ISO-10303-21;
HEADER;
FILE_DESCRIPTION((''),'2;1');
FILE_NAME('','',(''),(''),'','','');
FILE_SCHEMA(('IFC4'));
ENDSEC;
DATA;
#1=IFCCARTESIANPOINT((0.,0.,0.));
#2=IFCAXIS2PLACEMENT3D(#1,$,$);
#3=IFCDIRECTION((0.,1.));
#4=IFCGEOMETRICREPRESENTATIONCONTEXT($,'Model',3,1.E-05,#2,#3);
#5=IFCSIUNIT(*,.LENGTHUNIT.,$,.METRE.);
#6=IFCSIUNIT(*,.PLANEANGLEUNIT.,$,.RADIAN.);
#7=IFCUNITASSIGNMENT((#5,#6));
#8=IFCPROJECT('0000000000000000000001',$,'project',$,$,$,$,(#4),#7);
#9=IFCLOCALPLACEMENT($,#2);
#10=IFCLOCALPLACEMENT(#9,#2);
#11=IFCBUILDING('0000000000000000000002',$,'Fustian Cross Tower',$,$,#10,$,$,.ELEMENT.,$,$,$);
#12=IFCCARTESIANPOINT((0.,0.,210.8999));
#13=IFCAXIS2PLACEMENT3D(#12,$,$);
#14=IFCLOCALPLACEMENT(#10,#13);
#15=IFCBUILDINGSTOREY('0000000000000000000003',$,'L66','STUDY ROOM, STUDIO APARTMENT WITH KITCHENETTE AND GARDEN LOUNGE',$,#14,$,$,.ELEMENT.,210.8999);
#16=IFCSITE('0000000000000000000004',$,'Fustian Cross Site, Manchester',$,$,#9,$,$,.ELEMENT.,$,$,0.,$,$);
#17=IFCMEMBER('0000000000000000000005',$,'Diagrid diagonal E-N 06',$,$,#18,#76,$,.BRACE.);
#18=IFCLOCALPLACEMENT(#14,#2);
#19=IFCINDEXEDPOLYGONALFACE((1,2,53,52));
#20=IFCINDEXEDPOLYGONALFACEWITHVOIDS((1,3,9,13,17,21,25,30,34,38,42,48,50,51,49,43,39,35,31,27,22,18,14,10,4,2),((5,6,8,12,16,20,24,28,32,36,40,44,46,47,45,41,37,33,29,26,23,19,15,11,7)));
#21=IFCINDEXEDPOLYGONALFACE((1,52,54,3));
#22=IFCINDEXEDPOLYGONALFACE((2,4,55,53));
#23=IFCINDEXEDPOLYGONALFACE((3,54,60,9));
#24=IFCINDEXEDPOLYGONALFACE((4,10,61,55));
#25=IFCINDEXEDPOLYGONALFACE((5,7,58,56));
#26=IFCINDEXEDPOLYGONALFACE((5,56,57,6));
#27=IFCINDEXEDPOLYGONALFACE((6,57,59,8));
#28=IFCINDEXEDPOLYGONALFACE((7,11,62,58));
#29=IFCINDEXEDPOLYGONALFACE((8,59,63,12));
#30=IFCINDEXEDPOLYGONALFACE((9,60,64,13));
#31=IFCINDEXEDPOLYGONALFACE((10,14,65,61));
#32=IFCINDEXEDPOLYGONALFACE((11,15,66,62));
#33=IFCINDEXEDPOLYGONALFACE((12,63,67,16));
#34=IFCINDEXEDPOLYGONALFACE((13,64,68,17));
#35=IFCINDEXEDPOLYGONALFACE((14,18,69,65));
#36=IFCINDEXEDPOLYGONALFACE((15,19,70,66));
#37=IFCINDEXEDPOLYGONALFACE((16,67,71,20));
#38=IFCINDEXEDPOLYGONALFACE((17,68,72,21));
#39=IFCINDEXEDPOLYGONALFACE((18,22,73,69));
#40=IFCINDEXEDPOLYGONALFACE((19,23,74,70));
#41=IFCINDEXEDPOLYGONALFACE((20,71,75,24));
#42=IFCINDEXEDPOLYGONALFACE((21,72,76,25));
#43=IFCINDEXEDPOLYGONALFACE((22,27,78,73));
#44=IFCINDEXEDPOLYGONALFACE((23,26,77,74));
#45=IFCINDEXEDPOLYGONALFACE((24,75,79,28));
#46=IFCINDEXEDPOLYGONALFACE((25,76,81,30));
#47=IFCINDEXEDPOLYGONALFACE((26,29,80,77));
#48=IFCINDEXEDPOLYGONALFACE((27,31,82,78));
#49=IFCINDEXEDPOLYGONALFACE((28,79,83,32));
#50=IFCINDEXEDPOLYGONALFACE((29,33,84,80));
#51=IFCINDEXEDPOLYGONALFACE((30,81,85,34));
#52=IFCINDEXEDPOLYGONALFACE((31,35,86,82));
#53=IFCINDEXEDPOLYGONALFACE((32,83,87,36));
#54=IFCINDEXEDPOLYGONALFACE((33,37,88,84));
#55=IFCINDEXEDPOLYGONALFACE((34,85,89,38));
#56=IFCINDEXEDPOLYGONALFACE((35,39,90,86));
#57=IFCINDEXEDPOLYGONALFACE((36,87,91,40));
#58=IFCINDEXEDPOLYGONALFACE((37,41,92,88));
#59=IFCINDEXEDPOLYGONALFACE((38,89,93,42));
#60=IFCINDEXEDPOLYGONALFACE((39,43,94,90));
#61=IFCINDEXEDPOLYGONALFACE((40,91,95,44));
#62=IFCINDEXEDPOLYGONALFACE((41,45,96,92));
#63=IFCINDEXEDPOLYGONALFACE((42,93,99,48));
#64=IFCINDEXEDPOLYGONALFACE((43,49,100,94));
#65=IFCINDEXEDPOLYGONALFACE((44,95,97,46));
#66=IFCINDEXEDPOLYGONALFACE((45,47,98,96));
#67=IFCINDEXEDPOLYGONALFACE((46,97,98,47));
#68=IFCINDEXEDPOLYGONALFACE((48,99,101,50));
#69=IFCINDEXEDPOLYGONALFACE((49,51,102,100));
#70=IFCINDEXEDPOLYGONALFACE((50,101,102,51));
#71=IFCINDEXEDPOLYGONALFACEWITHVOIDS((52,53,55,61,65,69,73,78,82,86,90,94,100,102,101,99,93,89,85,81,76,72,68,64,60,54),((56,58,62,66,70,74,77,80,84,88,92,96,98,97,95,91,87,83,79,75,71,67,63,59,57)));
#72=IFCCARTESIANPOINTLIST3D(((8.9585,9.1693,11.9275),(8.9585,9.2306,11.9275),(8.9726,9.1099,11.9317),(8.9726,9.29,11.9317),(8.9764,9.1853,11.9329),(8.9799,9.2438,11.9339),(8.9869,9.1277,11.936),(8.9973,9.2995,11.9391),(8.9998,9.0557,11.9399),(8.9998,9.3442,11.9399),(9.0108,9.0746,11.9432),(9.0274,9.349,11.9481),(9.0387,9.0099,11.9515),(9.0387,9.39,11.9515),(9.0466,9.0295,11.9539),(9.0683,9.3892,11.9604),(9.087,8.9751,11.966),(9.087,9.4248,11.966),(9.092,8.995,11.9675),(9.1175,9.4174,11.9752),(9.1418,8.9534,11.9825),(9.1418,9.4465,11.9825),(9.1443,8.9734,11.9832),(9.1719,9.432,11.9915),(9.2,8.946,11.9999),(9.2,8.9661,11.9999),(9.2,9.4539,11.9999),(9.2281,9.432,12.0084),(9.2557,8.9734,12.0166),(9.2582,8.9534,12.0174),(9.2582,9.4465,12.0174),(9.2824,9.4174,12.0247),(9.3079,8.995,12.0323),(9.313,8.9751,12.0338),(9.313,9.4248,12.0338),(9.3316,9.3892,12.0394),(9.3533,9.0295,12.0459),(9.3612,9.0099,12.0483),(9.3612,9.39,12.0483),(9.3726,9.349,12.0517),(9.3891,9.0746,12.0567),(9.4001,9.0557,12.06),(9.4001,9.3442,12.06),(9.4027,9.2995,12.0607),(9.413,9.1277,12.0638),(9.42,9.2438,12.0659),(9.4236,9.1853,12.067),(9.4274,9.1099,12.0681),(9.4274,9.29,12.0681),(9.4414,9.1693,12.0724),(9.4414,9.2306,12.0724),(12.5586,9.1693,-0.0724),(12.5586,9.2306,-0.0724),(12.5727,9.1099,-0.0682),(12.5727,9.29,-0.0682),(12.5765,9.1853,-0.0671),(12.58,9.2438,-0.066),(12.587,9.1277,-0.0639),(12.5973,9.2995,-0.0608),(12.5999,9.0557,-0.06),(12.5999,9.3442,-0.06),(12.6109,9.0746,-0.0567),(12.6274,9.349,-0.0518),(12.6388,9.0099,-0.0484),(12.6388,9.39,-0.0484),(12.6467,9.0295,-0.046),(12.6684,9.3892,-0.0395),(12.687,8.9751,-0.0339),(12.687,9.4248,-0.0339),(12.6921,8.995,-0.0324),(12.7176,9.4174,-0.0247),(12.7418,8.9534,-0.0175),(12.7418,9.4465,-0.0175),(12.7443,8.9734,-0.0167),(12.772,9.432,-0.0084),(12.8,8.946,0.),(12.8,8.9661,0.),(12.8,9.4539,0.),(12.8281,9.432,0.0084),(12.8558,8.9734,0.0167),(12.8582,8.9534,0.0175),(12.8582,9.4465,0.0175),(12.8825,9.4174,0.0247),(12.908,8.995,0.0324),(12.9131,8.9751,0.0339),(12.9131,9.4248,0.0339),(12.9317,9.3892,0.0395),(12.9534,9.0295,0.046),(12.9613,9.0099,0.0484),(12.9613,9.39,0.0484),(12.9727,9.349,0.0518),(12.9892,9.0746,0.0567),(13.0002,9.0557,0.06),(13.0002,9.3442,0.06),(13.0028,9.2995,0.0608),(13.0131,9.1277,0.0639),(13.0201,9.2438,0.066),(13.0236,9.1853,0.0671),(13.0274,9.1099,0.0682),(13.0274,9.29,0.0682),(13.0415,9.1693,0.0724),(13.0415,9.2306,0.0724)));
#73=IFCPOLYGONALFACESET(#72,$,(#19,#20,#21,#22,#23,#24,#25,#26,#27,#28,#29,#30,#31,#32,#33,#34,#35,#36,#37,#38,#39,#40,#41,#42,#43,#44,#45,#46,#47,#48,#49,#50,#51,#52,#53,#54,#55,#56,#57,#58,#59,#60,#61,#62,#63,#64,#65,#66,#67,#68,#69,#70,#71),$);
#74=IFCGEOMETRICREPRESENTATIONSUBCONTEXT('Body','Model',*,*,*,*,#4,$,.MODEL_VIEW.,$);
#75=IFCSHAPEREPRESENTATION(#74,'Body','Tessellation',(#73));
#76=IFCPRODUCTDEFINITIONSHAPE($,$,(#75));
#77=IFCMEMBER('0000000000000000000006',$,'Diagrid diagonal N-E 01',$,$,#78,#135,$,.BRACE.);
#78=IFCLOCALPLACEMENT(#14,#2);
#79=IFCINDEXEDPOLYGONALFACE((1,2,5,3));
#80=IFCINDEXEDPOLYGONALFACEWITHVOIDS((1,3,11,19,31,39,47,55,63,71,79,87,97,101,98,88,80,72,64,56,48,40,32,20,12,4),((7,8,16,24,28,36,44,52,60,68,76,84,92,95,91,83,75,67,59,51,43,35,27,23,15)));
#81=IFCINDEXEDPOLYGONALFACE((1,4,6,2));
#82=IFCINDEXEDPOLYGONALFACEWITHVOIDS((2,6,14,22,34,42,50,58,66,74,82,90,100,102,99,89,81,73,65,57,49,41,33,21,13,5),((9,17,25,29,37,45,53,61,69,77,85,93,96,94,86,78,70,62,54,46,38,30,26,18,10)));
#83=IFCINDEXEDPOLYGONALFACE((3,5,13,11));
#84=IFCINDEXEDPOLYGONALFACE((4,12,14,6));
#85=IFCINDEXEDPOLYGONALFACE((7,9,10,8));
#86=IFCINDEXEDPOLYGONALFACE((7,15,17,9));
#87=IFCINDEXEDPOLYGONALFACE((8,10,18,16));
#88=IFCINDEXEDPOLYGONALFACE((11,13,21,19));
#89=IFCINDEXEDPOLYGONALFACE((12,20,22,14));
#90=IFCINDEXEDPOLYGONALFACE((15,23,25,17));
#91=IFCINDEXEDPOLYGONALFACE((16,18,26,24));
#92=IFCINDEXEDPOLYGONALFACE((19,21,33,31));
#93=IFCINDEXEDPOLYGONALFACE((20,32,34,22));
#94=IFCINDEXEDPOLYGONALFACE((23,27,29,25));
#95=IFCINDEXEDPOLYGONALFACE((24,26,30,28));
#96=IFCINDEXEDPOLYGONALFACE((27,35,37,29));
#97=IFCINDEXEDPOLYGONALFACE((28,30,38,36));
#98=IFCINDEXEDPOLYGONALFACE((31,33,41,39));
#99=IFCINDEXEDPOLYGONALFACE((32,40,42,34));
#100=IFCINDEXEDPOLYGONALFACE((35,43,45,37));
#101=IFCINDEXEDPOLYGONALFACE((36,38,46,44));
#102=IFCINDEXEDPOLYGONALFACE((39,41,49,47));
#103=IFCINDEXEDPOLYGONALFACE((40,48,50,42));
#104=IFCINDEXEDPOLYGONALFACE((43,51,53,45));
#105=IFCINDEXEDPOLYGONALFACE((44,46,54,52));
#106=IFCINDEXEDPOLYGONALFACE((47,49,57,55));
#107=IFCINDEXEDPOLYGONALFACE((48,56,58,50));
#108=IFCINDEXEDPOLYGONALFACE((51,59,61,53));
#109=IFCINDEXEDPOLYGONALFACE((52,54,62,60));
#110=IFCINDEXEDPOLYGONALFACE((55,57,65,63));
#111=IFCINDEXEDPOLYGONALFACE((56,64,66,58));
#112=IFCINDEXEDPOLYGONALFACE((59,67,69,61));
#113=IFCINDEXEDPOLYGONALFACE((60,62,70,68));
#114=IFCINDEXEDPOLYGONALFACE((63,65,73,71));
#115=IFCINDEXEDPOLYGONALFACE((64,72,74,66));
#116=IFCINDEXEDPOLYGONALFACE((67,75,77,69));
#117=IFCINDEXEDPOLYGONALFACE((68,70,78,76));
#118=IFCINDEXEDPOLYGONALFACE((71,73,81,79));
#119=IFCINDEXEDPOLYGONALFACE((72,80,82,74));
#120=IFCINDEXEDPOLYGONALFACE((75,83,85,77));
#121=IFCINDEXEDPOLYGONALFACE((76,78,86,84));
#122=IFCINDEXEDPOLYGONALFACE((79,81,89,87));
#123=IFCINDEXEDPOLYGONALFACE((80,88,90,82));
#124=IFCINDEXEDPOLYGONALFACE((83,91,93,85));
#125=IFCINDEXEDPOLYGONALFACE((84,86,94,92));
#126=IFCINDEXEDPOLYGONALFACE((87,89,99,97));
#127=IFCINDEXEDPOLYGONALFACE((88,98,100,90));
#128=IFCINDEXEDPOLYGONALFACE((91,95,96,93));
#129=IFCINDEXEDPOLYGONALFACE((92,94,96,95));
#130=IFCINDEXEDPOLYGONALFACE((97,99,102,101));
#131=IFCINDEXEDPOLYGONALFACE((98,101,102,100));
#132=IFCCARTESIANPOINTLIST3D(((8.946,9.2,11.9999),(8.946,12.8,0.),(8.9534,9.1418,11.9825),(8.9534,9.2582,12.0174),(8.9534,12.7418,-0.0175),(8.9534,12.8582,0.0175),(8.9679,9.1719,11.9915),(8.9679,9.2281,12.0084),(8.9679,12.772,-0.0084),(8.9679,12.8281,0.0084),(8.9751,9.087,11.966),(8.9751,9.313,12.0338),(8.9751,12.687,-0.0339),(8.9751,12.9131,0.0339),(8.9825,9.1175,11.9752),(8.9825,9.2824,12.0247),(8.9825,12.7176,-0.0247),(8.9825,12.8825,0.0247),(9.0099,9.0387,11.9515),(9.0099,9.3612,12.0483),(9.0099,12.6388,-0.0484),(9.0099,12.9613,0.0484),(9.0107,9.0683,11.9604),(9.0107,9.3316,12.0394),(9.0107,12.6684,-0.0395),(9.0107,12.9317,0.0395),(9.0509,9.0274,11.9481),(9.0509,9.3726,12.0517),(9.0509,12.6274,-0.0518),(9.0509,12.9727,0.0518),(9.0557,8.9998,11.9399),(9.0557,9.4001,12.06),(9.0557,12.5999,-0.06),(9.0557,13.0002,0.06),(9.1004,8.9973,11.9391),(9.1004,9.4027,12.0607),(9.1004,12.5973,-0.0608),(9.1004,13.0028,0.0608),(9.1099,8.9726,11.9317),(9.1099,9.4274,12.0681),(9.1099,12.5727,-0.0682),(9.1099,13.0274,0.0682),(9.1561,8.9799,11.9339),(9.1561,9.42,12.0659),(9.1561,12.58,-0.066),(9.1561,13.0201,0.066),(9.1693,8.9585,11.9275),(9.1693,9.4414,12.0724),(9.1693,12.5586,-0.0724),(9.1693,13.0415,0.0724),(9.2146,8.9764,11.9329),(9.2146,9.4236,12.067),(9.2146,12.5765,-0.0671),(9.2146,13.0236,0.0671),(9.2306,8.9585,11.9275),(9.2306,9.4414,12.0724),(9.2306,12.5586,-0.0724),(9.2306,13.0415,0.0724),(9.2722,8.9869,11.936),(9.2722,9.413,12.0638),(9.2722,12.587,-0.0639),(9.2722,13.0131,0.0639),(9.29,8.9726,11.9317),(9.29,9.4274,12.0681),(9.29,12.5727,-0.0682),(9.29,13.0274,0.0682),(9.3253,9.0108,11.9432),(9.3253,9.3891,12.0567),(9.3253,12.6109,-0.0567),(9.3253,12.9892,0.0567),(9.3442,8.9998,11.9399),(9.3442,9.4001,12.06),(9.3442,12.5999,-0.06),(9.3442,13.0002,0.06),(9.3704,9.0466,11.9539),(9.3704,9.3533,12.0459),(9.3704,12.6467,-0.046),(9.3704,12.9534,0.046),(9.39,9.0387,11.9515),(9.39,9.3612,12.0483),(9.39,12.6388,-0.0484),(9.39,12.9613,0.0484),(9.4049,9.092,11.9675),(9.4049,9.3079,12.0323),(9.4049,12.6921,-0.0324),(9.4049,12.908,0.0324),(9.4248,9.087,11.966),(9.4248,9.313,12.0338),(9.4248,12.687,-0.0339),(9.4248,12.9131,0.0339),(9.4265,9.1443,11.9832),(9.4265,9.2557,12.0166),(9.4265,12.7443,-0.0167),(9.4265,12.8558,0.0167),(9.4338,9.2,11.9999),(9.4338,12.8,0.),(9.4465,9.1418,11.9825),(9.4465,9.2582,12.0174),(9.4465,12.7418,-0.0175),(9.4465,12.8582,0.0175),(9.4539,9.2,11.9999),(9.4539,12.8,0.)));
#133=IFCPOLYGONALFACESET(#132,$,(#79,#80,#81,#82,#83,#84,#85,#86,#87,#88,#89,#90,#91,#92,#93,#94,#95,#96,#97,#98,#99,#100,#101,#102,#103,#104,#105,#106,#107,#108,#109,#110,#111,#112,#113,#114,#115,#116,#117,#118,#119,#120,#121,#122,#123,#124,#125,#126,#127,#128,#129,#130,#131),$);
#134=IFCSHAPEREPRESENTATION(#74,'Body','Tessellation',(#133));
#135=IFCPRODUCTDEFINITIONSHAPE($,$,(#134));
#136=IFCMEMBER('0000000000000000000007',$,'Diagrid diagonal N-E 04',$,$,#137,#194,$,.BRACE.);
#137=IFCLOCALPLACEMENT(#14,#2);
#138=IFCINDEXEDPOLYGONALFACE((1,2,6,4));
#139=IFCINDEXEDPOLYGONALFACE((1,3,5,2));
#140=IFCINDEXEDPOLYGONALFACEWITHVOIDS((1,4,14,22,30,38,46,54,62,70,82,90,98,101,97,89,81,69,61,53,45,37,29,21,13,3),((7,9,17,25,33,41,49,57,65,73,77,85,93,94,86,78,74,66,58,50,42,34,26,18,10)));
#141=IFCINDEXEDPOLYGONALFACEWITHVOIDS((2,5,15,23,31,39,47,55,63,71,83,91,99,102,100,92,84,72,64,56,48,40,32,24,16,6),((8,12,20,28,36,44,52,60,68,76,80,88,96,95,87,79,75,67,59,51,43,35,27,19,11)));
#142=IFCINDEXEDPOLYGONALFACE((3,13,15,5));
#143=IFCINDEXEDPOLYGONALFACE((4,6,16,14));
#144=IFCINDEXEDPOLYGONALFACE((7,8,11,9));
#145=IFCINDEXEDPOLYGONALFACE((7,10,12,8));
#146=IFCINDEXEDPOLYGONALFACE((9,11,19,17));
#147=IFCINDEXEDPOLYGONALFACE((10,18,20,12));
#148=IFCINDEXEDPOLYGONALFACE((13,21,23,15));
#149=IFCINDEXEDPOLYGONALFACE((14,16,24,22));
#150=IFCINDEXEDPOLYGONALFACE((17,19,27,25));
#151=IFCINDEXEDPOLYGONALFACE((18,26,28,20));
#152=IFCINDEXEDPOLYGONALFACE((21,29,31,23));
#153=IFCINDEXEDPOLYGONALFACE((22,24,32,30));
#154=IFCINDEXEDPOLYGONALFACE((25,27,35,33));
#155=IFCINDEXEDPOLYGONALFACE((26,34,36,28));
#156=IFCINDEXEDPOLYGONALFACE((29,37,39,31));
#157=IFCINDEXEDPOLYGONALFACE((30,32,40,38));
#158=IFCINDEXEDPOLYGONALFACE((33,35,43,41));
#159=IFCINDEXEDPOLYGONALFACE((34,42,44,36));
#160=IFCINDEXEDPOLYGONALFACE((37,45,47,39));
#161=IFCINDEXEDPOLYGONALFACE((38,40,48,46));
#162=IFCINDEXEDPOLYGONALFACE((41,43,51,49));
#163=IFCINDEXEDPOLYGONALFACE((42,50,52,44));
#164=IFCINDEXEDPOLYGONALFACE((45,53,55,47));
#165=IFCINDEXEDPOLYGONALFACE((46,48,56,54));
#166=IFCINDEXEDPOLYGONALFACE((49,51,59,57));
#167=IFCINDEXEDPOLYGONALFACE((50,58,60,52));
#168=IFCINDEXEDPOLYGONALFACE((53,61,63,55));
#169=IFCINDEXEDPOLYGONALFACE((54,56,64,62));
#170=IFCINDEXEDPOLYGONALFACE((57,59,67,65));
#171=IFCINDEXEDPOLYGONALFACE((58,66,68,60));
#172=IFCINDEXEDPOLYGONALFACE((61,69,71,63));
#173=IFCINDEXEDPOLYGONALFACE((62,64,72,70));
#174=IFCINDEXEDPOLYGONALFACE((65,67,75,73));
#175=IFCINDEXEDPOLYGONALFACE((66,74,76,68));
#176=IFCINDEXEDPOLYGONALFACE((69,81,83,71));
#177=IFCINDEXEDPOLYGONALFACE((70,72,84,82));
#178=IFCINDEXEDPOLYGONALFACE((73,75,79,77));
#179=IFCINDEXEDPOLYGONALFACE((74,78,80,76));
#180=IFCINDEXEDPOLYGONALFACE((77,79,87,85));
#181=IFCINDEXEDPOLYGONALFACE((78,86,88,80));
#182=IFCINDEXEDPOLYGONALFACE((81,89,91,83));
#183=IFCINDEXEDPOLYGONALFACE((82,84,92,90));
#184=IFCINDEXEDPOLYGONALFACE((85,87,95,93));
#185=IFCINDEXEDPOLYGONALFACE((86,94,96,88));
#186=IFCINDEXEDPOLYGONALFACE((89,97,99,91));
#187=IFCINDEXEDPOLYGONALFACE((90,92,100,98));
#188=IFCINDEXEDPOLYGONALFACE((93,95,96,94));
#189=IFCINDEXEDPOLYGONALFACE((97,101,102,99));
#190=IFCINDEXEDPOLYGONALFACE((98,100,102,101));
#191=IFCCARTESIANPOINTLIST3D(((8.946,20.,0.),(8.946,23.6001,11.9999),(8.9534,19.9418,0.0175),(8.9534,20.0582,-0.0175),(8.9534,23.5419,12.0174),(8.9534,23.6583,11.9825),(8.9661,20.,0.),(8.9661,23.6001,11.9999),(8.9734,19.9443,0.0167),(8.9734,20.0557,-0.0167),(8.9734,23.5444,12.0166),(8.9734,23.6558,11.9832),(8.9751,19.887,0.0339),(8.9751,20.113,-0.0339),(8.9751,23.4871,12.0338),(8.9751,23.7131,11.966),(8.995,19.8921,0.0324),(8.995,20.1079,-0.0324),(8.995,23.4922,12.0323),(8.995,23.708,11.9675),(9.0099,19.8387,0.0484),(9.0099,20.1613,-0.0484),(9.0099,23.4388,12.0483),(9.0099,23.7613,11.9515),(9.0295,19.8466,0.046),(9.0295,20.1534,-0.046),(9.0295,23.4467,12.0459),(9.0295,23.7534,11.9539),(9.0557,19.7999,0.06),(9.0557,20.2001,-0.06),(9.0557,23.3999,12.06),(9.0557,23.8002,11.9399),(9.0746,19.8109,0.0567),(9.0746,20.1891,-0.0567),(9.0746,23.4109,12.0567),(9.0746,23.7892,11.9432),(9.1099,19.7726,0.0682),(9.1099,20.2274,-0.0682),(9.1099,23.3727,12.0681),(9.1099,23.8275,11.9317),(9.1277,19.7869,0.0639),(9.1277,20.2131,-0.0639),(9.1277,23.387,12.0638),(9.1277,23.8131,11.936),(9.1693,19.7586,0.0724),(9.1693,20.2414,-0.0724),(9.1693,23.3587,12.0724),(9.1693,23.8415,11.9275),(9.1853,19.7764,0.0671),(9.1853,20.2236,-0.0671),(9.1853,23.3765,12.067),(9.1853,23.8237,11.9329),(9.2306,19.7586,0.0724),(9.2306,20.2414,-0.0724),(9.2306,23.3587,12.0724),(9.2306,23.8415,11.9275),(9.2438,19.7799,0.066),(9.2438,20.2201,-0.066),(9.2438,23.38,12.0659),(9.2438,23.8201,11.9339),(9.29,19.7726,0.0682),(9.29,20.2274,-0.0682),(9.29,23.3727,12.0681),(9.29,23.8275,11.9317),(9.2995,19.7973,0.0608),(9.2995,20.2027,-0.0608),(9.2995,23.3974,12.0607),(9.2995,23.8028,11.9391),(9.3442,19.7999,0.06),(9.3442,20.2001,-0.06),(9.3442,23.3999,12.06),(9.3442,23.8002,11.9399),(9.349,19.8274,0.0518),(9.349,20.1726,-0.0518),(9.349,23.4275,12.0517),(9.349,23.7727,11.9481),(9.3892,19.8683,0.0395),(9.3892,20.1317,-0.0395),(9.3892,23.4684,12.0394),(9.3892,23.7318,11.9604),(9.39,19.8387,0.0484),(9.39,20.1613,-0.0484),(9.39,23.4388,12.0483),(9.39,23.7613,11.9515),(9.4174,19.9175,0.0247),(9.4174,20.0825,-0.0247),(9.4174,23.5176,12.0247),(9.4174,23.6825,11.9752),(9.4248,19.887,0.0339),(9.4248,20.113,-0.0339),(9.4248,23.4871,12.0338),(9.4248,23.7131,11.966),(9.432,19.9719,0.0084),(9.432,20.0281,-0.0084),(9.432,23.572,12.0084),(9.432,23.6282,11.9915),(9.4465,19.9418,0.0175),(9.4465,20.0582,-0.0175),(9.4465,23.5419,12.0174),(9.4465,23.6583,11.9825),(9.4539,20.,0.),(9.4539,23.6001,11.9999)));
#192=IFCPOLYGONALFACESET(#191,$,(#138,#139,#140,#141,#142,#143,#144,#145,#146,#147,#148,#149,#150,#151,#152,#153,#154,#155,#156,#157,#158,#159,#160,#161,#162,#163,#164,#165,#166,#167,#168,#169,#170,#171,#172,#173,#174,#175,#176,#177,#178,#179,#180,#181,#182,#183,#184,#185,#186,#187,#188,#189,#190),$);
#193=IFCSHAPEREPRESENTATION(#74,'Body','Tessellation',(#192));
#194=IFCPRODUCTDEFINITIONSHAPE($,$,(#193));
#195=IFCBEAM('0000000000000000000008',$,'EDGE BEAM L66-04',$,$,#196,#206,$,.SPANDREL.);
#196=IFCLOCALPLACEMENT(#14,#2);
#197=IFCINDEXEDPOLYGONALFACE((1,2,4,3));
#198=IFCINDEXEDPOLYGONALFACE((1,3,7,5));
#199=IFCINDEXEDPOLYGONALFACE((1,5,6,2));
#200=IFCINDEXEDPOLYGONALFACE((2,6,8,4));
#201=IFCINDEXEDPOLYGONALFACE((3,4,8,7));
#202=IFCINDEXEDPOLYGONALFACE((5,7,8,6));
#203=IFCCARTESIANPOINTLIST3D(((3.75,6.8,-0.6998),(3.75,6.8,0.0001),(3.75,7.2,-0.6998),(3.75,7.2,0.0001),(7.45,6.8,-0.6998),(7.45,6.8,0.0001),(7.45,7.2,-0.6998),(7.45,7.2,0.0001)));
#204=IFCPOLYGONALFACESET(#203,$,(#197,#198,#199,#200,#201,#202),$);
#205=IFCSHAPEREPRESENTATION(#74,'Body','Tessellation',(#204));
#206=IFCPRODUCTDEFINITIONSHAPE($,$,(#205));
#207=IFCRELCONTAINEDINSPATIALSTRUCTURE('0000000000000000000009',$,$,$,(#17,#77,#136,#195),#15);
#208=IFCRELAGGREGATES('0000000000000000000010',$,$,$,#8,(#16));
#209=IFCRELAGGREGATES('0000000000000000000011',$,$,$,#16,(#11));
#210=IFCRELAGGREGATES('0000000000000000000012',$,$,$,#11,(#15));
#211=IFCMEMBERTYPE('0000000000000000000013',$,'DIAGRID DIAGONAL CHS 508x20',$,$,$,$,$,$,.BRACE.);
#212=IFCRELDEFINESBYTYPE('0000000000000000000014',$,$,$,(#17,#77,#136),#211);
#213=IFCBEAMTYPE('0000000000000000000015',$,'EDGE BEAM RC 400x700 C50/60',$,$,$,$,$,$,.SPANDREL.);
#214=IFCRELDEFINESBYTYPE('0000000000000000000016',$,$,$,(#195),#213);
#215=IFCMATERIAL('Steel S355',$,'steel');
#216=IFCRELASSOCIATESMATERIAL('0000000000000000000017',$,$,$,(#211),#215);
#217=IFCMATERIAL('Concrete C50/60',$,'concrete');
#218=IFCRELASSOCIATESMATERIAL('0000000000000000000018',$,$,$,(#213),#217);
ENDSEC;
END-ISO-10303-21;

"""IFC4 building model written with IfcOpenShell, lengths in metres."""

from ifc_helpers import new_model, si_unit, direction, frame, origin, origin_2d, place, context, subcontext, project, spatial, rectangle, hollow_circle, extrude, material, material_profile, profile_set, type_object, element, save


model = new_model("IFC4")

# Units and contexts
model_context = context("Model", 3, precision=1e-05, world=origin(), true_north=direction((0.0, 1.0)))
body_context = subcontext(model_context, "Body", "Model", "MODEL_VIEW")
ifc_project = project(units=[si_unit("LENGTHUNIT", "METRE"), si_unit("PLANEANGLEUNIT", "RADIAN")], contexts=[model_context])

# Site, building, storey
site_placement = place(None, origin())
site = spatial("IfcSite", under=ifc_project, at=site_placement, Name="Fustian Cross Site, Manchester", CompositionType="ELEMENT", RefElevation=0.0)
building_placement = place(site_placement, origin())
building = spatial("IfcBuilding", under=site, at=building_placement, Name="Fustian Cross Tower", CompositionType="ELEMENT")
storey_placement = place(building_placement, frame((0.0, 0.0, 210.8999)))
storey = spatial("IfcBuildingStorey", under=building, at=storey_placement, Name="L66", Description="STUDY ROOM, STUDIO APARTMENT WITH KITCHENETTE AND GARDEN LOUNGE", CompositionType="ELEMENT", Elevation=210.8999)

# Members
ifc_material_1 = material(Name="Steel S355", Category="steel")
ifc_material_profile_1 = material_profile(ifc_material_1, hollow_circle(Radius=0.2539, WallThickness=0.02, at=origin_2d()), Name="CHS 508x20")
ifc_profile_set_1 = profile_set([ifc_material_profile_1], Name="Steel S355")
member_type_1 = type_object("IfcMemberType", Name="DIAGRID DIAGONAL CHS 508x20", PredefinedType="BRACE", material=ifc_profile_set_1)
for number, where, z_axis, x_axis, name in (
    (1, (12.8, 9.2, 0.0), (-0.287355, 0.0, 0.957824), (0.0, -1.0, 0.0), "Diagrid diagonal E-N 06"),
    (2, (9.2, 12.8, 0.0), (0.0, -0.287355, 0.957824), (1.0, 0.0, 0.0), "Diagrid diagonal N-E 01"),
    (3, (9.2, 20.0, 0.0), (0.0, 0.287355, 0.957824), (-1.0, 0.0, 0.0), "Diagrid diagonal N-E 04"),
):
    element("IfcMember", number, at=place(storey_placement, frame(where, z_axis=z_axis, x_axis=x_axis)), inside=storey, type_object=member_type_1, Name=name, PredefinedType="BRACE", context=body_context, shape_type="SweptSolid", body=[
        extrude(hollow_circle(Radius=0.2539, WallThickness=0.02, at=origin_2d()), origin(), (0.0, 0.0, 1.0), 12.5283),
    ])

# Beam
ifc_material_2 = material(Name="Concrete C50/60", Category="concrete")
ifc_material_profile_2 = material_profile(ifc_material_2, rectangle(XDim=0.3999, YDim=0.7, at=origin_2d()), Name="RC 400x700")
ifc_profile_set_2 = profile_set([ifc_material_profile_2], Name="Concrete C50/60")
beam_type = type_object("IfcBeamType", Name="EDGE BEAM RC 400x700 C50/60", PredefinedType="SPANDREL", material=ifc_profile_set_2)
beam_placement = place(storey_placement, frame((7.45, 7.0, -0.3499), z_axis=(-1.0, 0.0, 0.0), x_axis=(0.0, -1.0, 0.0)))
element("IfcBeam", 4, at=beam_placement, inside=storey, type_object=beam_type, Name="EDGE BEAM L66-04", PredefinedType="SPANDREL", context=body_context, shape_type="SweptSolid", body=[
    extrude(rectangle(XDim=0.3999, YDim=0.7, at=origin_2d()), origin(), (0.0, 0.0, 1.0), 3.7),
])

save(model, "model.ifc")
